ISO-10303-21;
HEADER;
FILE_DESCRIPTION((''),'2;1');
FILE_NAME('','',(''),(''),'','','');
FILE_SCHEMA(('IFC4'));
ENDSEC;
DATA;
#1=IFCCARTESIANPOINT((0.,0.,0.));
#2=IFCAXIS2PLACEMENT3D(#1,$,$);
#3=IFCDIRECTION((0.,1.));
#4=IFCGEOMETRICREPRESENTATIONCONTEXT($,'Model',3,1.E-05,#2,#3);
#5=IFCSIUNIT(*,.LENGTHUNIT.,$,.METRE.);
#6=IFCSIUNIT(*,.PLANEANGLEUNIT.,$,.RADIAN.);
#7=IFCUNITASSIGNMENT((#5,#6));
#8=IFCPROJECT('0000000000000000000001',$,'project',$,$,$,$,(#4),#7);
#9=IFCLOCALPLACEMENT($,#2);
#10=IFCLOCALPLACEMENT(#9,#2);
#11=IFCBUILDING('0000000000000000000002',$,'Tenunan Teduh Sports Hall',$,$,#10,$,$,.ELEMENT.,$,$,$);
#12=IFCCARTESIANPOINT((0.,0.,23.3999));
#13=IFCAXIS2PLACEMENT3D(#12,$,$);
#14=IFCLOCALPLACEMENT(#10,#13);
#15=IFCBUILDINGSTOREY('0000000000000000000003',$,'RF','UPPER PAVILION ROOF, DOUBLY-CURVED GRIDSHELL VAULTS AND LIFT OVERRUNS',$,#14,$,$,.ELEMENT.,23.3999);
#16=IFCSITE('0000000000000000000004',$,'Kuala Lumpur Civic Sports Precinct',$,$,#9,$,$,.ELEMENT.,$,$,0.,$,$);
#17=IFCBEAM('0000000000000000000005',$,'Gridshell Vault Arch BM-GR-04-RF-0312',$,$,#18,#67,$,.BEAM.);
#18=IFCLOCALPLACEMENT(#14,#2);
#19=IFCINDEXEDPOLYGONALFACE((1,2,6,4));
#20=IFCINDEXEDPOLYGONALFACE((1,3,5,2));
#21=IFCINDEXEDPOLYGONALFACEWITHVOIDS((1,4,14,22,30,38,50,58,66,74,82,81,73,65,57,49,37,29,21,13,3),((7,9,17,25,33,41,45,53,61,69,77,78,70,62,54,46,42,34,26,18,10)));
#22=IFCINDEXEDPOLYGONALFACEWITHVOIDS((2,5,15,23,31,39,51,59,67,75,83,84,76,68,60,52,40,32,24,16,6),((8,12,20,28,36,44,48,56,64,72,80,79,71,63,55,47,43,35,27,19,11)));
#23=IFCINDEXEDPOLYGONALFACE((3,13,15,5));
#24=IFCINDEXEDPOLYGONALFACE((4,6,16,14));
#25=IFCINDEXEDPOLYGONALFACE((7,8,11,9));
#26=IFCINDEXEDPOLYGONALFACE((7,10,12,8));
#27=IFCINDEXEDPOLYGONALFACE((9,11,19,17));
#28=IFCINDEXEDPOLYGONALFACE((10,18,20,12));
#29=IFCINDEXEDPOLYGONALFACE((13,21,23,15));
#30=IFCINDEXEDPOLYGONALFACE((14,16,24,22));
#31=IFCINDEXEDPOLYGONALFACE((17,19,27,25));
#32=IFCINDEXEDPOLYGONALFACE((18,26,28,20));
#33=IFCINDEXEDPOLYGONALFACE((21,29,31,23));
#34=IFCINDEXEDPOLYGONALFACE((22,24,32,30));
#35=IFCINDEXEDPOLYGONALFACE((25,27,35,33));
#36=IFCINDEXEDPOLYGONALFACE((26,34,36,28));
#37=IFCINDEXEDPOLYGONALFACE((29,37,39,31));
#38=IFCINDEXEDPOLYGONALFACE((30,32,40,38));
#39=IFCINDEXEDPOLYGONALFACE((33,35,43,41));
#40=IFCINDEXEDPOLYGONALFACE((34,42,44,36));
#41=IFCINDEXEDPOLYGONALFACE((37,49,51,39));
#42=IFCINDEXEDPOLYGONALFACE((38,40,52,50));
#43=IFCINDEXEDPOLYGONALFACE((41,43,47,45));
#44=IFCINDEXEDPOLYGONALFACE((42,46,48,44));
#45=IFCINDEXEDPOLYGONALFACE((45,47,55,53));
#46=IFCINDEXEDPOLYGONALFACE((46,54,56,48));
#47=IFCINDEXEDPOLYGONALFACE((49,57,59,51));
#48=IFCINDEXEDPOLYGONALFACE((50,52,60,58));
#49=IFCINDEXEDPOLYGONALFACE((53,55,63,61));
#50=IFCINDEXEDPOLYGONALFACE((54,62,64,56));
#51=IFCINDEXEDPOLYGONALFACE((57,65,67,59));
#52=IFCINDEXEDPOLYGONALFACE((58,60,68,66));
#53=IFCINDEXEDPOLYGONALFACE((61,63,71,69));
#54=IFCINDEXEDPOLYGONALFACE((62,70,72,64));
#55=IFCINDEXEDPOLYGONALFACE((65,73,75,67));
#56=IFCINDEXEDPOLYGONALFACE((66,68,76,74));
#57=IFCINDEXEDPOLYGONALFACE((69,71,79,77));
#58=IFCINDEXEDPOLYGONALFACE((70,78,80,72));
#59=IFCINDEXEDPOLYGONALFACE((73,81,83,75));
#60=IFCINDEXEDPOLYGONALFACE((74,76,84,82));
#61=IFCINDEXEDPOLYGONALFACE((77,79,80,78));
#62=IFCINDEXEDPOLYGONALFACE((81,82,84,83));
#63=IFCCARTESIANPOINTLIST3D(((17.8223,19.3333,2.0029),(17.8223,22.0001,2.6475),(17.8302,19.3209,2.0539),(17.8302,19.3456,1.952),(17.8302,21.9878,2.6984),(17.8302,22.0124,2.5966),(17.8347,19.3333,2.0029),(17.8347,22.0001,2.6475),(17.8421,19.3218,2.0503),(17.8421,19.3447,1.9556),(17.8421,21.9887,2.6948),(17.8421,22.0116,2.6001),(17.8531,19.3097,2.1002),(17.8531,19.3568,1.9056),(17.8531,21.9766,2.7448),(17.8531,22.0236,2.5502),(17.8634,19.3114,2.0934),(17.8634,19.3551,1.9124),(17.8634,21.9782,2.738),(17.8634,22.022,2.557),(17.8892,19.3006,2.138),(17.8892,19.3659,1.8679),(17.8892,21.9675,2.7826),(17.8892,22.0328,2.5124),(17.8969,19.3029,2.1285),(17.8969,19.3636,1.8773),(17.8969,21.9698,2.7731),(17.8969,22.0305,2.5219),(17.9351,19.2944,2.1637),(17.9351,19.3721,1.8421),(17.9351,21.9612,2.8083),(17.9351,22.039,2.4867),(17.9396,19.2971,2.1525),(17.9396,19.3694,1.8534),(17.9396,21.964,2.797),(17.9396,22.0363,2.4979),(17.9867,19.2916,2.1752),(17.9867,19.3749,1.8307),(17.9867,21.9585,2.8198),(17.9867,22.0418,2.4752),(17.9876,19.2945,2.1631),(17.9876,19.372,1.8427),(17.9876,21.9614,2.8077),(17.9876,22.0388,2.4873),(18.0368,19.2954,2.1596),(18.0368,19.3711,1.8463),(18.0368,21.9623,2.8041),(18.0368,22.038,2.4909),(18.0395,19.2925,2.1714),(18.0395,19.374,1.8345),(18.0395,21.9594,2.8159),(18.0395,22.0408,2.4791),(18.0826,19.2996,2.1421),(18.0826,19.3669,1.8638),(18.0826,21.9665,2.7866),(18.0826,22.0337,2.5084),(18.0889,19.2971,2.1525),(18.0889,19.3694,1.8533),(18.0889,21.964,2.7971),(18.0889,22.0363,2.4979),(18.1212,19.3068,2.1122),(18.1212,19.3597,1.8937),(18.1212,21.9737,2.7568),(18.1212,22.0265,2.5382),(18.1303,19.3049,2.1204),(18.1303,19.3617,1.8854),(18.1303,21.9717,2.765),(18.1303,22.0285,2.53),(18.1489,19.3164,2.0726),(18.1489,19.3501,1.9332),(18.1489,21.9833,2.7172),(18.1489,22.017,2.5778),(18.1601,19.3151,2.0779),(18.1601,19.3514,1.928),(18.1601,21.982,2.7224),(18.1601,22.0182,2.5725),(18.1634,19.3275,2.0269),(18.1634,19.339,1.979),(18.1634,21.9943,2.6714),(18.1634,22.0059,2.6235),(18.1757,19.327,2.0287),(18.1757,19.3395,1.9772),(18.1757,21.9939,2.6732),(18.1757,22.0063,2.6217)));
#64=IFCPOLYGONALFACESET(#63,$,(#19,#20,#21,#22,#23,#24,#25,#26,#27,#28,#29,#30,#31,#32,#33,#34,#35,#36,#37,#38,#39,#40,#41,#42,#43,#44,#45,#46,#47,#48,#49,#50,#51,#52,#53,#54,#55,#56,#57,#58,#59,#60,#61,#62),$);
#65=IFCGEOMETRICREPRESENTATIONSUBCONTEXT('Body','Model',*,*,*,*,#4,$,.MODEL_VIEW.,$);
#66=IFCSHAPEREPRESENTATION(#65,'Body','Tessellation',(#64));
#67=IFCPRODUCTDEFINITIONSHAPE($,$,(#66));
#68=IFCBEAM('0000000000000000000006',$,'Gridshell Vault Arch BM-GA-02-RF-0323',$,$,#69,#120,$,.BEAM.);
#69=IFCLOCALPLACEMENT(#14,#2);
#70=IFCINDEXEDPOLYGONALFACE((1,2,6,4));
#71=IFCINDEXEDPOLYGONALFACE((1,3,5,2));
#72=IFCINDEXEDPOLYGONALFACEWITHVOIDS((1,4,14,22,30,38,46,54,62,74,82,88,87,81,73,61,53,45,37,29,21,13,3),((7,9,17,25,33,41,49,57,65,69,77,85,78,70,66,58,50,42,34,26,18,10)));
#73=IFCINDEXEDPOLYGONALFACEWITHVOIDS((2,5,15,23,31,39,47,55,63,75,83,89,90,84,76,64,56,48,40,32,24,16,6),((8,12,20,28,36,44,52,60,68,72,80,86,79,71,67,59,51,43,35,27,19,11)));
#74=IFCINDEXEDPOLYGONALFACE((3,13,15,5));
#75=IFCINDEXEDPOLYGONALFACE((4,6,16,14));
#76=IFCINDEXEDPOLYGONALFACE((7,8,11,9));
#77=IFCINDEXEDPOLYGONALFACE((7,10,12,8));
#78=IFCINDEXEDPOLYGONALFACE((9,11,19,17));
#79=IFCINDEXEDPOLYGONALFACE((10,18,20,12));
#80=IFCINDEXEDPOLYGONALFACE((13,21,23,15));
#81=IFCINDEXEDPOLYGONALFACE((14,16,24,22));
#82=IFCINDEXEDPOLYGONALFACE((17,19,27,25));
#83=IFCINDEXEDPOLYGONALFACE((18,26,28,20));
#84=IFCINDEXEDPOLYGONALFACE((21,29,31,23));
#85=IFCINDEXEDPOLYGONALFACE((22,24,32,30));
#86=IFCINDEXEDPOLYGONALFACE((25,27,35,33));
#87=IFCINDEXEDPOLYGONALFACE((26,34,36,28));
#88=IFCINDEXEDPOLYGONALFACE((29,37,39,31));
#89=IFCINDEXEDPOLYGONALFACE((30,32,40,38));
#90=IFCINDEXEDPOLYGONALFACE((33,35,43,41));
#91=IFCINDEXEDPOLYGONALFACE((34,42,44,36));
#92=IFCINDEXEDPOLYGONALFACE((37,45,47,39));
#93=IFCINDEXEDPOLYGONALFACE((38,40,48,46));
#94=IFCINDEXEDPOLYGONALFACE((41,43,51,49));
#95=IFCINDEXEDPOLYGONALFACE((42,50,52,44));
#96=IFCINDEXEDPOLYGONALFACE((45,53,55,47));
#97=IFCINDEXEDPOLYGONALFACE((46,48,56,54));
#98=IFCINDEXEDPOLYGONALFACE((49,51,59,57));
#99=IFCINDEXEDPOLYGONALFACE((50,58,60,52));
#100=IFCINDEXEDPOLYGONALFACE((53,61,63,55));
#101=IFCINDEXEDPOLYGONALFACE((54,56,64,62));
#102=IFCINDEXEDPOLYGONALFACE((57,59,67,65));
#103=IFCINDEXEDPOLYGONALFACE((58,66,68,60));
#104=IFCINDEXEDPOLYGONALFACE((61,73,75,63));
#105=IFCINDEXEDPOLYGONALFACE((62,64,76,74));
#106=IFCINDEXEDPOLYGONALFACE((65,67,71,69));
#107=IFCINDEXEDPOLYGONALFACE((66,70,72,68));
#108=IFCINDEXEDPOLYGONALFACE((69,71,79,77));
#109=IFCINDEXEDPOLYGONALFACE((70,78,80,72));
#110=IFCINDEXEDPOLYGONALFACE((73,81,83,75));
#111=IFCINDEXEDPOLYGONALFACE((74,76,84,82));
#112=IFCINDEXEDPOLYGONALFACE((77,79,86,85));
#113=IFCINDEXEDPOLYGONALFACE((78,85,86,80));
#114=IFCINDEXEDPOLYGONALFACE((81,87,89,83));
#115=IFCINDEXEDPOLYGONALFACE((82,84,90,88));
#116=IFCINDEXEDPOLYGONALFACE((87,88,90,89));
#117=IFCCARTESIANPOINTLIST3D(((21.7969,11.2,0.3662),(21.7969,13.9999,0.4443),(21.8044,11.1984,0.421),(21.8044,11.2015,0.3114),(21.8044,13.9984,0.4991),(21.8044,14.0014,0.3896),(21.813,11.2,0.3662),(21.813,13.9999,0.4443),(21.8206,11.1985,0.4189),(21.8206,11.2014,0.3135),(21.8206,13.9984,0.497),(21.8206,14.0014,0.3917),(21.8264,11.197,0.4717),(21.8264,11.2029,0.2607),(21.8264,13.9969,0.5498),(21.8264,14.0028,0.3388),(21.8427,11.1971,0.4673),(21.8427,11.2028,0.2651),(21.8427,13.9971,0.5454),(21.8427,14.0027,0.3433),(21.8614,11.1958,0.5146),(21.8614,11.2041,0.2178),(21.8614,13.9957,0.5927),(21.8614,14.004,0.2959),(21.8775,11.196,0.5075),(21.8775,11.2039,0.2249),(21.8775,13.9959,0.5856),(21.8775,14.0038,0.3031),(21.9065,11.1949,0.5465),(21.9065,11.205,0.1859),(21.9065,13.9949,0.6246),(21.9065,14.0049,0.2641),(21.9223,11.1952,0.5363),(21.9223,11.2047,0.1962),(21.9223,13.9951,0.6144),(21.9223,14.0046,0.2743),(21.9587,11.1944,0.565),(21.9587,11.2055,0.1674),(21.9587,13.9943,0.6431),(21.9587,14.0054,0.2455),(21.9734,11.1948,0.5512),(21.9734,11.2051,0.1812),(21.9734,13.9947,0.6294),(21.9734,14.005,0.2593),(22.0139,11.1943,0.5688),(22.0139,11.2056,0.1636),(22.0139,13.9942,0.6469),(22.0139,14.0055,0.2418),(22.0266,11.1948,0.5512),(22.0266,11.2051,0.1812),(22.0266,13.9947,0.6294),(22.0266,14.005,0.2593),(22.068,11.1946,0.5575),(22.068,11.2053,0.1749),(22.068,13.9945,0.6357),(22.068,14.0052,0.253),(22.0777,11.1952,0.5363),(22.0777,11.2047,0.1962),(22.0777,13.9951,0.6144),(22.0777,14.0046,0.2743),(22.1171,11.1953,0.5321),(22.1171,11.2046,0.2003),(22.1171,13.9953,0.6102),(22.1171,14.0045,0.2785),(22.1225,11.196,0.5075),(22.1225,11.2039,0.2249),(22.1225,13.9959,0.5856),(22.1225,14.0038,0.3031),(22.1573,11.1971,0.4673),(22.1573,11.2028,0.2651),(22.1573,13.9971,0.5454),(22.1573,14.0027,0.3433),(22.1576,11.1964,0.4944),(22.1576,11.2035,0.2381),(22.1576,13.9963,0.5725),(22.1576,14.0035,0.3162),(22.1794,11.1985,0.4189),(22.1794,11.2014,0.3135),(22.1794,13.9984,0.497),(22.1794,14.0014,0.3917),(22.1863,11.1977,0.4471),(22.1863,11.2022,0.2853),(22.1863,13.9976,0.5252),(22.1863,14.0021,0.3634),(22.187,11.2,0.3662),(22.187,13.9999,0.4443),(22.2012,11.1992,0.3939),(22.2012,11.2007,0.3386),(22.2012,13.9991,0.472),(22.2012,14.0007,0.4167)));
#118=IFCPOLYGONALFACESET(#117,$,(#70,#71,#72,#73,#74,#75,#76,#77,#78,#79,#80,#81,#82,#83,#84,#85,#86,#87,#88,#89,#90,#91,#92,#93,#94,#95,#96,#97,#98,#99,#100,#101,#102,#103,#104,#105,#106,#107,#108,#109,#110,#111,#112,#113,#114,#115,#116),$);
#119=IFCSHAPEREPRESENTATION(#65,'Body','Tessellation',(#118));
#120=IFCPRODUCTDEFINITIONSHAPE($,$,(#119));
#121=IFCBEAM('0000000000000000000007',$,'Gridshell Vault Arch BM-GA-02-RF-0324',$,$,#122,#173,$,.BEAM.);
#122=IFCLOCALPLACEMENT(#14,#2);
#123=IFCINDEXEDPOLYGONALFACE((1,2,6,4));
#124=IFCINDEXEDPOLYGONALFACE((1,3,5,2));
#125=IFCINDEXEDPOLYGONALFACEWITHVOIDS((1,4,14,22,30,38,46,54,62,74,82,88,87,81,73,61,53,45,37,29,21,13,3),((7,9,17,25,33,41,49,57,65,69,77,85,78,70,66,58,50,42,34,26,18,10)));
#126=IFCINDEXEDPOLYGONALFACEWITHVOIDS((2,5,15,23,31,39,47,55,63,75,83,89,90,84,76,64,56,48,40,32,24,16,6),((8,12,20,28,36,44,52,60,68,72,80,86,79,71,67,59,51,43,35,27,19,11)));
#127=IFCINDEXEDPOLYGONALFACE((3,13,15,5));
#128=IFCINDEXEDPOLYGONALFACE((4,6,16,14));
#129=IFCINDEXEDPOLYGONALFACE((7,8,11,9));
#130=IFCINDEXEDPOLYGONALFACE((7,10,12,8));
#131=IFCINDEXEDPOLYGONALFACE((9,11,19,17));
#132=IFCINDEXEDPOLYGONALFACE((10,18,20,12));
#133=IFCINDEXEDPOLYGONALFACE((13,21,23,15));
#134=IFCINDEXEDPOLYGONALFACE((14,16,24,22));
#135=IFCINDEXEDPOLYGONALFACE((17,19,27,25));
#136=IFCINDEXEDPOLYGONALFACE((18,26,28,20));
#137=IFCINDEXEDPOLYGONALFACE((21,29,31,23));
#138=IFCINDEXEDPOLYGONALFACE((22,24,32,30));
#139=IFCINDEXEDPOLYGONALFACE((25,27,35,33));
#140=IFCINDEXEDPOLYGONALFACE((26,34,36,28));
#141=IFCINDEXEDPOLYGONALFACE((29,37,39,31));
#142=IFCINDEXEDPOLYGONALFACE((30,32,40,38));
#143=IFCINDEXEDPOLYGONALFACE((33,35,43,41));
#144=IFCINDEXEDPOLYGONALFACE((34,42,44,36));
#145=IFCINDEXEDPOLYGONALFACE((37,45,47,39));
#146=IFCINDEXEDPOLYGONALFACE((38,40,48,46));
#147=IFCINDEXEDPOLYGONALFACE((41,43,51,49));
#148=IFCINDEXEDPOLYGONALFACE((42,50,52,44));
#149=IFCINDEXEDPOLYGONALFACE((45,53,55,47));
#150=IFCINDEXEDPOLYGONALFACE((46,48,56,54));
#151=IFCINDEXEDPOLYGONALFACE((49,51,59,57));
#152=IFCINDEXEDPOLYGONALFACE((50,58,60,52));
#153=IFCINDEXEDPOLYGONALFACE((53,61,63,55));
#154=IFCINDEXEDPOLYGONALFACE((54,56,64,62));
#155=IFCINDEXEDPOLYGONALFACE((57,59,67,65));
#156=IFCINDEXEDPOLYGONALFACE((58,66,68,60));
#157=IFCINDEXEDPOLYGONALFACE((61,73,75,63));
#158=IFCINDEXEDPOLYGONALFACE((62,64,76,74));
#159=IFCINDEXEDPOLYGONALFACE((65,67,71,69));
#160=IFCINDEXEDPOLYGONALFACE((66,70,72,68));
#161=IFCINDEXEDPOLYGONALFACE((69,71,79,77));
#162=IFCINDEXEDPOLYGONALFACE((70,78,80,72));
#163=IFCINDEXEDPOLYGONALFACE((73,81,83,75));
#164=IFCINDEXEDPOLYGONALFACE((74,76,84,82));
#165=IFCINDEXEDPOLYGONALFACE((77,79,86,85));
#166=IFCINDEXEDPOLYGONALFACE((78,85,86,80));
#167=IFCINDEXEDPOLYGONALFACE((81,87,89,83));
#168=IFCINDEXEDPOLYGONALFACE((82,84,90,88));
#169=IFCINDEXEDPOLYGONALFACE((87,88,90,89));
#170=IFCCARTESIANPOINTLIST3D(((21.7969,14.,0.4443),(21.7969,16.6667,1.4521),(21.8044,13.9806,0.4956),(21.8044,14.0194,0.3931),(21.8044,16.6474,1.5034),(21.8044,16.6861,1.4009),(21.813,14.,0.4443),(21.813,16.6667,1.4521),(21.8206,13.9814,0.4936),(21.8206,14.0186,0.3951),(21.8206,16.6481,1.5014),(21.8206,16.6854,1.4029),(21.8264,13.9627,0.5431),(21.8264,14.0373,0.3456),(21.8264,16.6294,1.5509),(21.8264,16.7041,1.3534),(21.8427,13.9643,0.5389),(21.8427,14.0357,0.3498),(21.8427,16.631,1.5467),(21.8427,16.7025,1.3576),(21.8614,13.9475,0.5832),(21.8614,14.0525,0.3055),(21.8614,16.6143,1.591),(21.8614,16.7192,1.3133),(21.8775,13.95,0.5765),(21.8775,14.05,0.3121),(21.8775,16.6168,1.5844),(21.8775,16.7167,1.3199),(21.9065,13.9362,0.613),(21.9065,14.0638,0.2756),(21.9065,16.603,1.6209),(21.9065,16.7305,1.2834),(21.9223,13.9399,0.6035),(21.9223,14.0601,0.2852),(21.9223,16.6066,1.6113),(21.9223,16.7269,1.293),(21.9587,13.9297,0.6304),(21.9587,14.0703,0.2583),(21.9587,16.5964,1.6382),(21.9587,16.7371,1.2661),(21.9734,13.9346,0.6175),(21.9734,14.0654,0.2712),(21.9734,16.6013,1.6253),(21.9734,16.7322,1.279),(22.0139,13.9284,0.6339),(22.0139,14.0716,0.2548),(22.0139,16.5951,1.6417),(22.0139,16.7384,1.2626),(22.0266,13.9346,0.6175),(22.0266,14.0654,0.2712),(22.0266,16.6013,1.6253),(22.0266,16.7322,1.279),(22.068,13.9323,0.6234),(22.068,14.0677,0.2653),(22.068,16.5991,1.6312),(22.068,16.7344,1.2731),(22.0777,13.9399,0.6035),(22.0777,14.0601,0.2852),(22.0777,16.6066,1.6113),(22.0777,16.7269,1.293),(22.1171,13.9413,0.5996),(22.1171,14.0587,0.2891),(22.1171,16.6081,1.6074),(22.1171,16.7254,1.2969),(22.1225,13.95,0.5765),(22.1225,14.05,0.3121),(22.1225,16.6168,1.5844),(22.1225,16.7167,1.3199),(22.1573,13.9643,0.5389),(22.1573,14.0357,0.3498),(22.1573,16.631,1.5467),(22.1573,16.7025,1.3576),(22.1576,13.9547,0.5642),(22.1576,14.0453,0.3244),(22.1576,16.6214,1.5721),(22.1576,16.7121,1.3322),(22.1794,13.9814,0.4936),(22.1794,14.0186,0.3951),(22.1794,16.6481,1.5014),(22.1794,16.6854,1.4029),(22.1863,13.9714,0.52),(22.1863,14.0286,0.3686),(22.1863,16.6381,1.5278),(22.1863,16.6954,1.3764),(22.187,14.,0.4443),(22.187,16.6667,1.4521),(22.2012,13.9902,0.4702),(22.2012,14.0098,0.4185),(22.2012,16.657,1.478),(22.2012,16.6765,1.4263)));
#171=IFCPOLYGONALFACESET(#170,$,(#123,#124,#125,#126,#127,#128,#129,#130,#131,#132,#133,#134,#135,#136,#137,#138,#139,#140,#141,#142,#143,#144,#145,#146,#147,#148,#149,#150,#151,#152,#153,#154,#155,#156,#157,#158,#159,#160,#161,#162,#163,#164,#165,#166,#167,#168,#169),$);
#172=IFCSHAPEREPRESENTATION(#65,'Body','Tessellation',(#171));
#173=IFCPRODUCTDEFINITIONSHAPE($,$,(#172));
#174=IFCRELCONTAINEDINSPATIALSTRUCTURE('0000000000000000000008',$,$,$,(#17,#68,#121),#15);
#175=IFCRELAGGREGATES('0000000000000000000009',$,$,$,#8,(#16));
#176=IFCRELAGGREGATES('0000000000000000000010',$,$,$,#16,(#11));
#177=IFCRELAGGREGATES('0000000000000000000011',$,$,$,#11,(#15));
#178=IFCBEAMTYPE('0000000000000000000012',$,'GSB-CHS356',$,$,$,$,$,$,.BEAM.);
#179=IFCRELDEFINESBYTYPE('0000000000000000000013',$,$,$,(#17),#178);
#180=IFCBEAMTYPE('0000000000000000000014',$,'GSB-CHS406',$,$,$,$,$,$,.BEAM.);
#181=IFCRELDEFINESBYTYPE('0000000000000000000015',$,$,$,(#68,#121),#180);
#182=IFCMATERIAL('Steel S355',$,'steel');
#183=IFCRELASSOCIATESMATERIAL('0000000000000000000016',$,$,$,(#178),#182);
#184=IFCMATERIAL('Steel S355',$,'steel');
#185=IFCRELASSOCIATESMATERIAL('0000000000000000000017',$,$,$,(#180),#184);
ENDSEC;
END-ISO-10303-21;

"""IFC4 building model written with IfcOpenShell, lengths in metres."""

from ifc_helpers import new_model, si_unit, direction, frame, origin, origin_2d, place, context, subcontext, project, spatial, hollow_circle, extrude, material, material_profile, profile_set, type_object, element, save


model = new_model("IFC4")

# Units and contexts
model_context = context("Model", 3, precision=1e-05, world=origin(), true_north=direction((0.0, 1.0)))
body_context = subcontext(model_context, "Body", "Model", "MODEL_VIEW")
ifc_project = project(units=[si_unit("LENGTHUNIT", "METRE"), si_unit("PLANEANGLEUNIT", "RADIAN")], contexts=[model_context])

# Site, building, storey
site_placement = place(None, origin())
site = spatial("IfcSite", under=ifc_project, at=site_placement, Name="Kuala Lumpur Civic Sports Precinct", CompositionType="ELEMENT", RefElevation=0.0)
building_placement = place(site_placement, origin())
building = spatial("IfcBuilding", under=site, at=building_placement, Name="Tenunan Teduh Sports Hall", CompositionType="ELEMENT")
storey_placement = place(building_placement, frame((0.0, 0.0, 23.3999)))
storey = spatial("IfcBuildingStorey", under=building, at=storey_placement, Name="RF", Description="UPPER PAVILION ROOF, DOUBLY-CURVED GRIDSHELL VAULTS AND LIFT OVERRUNS", CompositionType="ELEMENT", Elevation=23.3999)

# Beams
ifc_material_1 = material(Name="Steel S355", Category="steel")
ifc_material_profile_1 = material_profile(ifc_material_1, hollow_circle(Radius=0.1777, WallThickness=0.0125, at=origin_2d()), Name="CHS 355.6x12.5")
ifc_profile_set_1 = profile_set([ifc_material_profile_1], Name="Steel S355")
beam_type_1 = type_object("IfcBeamType", Name="GSB-CHS356", PredefinedType="BEAM", material=ifc_profile_set_1)
beam_1_placement = place(storey_placement, frame((18.0, 19.3333, 2.0029), z_axis=(0.0, 0.972013, 0.234928), x_axis=(-1.0, 0.0, 0.0)))
element("IfcBeam", 1, at=beam_1_placement, inside=storey, type_object=beam_type_1, Name="Gridshell Vault Arch BM-GR-04-RF-0312", PredefinedType="BEAM", context=body_context, shape_type="SweptSolid", body=[
    extrude(hollow_circle(Radius=0.1777, WallThickness=0.0125, at=origin_2d()), origin(), (0.0, 0.0, 1.0), 2.7437),
])
ifc_material_2 = material(Name="Steel S355", Category="steel")
ifc_material_profile_2 = material_profile(ifc_material_2, hollow_circle(Radius=0.2031, WallThickness=0.0161, at=origin_2d()), Name="CHS 406.4x16.0")
ifc_profile_set_2 = profile_set([ifc_material_profile_2], Name="Steel S355")
beam_type_2 = type_object("IfcBeamType", Name="GSB-CHS406", PredefinedType="BEAM", material=ifc_profile_set_2)
beam_2_placement = place(storey_placement, frame((22.0, 11.2, 0.3662), z_axis=(0.0, 0.999611, 0.02789), x_axis=(-1.0, 0.0, 0.0)))
element("IfcBeam", 2, at=beam_2_placement, inside=storey, type_object=beam_type_2, Name="Gridshell Vault Arch BM-GA-02-RF-0323", PredefinedType="BEAM", context=body_context, shape_type="SweptSolid", body=[
    extrude(hollow_circle(Radius=0.2031, WallThickness=0.0161, at=origin_2d()), origin(), (0.0, 0.0, 1.0), 2.801),
])
beam_3_placement = place(storey_placement, frame((22.0, 14.0, 0.4443), z_axis=(0.0, 0.935429, 0.353515), x_axis=(-1.0, 0.0, 0.0)))
element("IfcBeam", 3, at=beam_3_placement, inside=storey, type_object=beam_type_2, Name="Gridshell Vault Arch BM-GA-02-RF-0324", PredefinedType="BEAM", context=body_context, shape_type="SweptSolid", body=[
    extrude(hollow_circle(Radius=0.2031, WallThickness=0.0161, at=origin_2d()), origin(), (0.0, 0.0, 1.0), 2.8508),
])

save(model, "model.ifc")
